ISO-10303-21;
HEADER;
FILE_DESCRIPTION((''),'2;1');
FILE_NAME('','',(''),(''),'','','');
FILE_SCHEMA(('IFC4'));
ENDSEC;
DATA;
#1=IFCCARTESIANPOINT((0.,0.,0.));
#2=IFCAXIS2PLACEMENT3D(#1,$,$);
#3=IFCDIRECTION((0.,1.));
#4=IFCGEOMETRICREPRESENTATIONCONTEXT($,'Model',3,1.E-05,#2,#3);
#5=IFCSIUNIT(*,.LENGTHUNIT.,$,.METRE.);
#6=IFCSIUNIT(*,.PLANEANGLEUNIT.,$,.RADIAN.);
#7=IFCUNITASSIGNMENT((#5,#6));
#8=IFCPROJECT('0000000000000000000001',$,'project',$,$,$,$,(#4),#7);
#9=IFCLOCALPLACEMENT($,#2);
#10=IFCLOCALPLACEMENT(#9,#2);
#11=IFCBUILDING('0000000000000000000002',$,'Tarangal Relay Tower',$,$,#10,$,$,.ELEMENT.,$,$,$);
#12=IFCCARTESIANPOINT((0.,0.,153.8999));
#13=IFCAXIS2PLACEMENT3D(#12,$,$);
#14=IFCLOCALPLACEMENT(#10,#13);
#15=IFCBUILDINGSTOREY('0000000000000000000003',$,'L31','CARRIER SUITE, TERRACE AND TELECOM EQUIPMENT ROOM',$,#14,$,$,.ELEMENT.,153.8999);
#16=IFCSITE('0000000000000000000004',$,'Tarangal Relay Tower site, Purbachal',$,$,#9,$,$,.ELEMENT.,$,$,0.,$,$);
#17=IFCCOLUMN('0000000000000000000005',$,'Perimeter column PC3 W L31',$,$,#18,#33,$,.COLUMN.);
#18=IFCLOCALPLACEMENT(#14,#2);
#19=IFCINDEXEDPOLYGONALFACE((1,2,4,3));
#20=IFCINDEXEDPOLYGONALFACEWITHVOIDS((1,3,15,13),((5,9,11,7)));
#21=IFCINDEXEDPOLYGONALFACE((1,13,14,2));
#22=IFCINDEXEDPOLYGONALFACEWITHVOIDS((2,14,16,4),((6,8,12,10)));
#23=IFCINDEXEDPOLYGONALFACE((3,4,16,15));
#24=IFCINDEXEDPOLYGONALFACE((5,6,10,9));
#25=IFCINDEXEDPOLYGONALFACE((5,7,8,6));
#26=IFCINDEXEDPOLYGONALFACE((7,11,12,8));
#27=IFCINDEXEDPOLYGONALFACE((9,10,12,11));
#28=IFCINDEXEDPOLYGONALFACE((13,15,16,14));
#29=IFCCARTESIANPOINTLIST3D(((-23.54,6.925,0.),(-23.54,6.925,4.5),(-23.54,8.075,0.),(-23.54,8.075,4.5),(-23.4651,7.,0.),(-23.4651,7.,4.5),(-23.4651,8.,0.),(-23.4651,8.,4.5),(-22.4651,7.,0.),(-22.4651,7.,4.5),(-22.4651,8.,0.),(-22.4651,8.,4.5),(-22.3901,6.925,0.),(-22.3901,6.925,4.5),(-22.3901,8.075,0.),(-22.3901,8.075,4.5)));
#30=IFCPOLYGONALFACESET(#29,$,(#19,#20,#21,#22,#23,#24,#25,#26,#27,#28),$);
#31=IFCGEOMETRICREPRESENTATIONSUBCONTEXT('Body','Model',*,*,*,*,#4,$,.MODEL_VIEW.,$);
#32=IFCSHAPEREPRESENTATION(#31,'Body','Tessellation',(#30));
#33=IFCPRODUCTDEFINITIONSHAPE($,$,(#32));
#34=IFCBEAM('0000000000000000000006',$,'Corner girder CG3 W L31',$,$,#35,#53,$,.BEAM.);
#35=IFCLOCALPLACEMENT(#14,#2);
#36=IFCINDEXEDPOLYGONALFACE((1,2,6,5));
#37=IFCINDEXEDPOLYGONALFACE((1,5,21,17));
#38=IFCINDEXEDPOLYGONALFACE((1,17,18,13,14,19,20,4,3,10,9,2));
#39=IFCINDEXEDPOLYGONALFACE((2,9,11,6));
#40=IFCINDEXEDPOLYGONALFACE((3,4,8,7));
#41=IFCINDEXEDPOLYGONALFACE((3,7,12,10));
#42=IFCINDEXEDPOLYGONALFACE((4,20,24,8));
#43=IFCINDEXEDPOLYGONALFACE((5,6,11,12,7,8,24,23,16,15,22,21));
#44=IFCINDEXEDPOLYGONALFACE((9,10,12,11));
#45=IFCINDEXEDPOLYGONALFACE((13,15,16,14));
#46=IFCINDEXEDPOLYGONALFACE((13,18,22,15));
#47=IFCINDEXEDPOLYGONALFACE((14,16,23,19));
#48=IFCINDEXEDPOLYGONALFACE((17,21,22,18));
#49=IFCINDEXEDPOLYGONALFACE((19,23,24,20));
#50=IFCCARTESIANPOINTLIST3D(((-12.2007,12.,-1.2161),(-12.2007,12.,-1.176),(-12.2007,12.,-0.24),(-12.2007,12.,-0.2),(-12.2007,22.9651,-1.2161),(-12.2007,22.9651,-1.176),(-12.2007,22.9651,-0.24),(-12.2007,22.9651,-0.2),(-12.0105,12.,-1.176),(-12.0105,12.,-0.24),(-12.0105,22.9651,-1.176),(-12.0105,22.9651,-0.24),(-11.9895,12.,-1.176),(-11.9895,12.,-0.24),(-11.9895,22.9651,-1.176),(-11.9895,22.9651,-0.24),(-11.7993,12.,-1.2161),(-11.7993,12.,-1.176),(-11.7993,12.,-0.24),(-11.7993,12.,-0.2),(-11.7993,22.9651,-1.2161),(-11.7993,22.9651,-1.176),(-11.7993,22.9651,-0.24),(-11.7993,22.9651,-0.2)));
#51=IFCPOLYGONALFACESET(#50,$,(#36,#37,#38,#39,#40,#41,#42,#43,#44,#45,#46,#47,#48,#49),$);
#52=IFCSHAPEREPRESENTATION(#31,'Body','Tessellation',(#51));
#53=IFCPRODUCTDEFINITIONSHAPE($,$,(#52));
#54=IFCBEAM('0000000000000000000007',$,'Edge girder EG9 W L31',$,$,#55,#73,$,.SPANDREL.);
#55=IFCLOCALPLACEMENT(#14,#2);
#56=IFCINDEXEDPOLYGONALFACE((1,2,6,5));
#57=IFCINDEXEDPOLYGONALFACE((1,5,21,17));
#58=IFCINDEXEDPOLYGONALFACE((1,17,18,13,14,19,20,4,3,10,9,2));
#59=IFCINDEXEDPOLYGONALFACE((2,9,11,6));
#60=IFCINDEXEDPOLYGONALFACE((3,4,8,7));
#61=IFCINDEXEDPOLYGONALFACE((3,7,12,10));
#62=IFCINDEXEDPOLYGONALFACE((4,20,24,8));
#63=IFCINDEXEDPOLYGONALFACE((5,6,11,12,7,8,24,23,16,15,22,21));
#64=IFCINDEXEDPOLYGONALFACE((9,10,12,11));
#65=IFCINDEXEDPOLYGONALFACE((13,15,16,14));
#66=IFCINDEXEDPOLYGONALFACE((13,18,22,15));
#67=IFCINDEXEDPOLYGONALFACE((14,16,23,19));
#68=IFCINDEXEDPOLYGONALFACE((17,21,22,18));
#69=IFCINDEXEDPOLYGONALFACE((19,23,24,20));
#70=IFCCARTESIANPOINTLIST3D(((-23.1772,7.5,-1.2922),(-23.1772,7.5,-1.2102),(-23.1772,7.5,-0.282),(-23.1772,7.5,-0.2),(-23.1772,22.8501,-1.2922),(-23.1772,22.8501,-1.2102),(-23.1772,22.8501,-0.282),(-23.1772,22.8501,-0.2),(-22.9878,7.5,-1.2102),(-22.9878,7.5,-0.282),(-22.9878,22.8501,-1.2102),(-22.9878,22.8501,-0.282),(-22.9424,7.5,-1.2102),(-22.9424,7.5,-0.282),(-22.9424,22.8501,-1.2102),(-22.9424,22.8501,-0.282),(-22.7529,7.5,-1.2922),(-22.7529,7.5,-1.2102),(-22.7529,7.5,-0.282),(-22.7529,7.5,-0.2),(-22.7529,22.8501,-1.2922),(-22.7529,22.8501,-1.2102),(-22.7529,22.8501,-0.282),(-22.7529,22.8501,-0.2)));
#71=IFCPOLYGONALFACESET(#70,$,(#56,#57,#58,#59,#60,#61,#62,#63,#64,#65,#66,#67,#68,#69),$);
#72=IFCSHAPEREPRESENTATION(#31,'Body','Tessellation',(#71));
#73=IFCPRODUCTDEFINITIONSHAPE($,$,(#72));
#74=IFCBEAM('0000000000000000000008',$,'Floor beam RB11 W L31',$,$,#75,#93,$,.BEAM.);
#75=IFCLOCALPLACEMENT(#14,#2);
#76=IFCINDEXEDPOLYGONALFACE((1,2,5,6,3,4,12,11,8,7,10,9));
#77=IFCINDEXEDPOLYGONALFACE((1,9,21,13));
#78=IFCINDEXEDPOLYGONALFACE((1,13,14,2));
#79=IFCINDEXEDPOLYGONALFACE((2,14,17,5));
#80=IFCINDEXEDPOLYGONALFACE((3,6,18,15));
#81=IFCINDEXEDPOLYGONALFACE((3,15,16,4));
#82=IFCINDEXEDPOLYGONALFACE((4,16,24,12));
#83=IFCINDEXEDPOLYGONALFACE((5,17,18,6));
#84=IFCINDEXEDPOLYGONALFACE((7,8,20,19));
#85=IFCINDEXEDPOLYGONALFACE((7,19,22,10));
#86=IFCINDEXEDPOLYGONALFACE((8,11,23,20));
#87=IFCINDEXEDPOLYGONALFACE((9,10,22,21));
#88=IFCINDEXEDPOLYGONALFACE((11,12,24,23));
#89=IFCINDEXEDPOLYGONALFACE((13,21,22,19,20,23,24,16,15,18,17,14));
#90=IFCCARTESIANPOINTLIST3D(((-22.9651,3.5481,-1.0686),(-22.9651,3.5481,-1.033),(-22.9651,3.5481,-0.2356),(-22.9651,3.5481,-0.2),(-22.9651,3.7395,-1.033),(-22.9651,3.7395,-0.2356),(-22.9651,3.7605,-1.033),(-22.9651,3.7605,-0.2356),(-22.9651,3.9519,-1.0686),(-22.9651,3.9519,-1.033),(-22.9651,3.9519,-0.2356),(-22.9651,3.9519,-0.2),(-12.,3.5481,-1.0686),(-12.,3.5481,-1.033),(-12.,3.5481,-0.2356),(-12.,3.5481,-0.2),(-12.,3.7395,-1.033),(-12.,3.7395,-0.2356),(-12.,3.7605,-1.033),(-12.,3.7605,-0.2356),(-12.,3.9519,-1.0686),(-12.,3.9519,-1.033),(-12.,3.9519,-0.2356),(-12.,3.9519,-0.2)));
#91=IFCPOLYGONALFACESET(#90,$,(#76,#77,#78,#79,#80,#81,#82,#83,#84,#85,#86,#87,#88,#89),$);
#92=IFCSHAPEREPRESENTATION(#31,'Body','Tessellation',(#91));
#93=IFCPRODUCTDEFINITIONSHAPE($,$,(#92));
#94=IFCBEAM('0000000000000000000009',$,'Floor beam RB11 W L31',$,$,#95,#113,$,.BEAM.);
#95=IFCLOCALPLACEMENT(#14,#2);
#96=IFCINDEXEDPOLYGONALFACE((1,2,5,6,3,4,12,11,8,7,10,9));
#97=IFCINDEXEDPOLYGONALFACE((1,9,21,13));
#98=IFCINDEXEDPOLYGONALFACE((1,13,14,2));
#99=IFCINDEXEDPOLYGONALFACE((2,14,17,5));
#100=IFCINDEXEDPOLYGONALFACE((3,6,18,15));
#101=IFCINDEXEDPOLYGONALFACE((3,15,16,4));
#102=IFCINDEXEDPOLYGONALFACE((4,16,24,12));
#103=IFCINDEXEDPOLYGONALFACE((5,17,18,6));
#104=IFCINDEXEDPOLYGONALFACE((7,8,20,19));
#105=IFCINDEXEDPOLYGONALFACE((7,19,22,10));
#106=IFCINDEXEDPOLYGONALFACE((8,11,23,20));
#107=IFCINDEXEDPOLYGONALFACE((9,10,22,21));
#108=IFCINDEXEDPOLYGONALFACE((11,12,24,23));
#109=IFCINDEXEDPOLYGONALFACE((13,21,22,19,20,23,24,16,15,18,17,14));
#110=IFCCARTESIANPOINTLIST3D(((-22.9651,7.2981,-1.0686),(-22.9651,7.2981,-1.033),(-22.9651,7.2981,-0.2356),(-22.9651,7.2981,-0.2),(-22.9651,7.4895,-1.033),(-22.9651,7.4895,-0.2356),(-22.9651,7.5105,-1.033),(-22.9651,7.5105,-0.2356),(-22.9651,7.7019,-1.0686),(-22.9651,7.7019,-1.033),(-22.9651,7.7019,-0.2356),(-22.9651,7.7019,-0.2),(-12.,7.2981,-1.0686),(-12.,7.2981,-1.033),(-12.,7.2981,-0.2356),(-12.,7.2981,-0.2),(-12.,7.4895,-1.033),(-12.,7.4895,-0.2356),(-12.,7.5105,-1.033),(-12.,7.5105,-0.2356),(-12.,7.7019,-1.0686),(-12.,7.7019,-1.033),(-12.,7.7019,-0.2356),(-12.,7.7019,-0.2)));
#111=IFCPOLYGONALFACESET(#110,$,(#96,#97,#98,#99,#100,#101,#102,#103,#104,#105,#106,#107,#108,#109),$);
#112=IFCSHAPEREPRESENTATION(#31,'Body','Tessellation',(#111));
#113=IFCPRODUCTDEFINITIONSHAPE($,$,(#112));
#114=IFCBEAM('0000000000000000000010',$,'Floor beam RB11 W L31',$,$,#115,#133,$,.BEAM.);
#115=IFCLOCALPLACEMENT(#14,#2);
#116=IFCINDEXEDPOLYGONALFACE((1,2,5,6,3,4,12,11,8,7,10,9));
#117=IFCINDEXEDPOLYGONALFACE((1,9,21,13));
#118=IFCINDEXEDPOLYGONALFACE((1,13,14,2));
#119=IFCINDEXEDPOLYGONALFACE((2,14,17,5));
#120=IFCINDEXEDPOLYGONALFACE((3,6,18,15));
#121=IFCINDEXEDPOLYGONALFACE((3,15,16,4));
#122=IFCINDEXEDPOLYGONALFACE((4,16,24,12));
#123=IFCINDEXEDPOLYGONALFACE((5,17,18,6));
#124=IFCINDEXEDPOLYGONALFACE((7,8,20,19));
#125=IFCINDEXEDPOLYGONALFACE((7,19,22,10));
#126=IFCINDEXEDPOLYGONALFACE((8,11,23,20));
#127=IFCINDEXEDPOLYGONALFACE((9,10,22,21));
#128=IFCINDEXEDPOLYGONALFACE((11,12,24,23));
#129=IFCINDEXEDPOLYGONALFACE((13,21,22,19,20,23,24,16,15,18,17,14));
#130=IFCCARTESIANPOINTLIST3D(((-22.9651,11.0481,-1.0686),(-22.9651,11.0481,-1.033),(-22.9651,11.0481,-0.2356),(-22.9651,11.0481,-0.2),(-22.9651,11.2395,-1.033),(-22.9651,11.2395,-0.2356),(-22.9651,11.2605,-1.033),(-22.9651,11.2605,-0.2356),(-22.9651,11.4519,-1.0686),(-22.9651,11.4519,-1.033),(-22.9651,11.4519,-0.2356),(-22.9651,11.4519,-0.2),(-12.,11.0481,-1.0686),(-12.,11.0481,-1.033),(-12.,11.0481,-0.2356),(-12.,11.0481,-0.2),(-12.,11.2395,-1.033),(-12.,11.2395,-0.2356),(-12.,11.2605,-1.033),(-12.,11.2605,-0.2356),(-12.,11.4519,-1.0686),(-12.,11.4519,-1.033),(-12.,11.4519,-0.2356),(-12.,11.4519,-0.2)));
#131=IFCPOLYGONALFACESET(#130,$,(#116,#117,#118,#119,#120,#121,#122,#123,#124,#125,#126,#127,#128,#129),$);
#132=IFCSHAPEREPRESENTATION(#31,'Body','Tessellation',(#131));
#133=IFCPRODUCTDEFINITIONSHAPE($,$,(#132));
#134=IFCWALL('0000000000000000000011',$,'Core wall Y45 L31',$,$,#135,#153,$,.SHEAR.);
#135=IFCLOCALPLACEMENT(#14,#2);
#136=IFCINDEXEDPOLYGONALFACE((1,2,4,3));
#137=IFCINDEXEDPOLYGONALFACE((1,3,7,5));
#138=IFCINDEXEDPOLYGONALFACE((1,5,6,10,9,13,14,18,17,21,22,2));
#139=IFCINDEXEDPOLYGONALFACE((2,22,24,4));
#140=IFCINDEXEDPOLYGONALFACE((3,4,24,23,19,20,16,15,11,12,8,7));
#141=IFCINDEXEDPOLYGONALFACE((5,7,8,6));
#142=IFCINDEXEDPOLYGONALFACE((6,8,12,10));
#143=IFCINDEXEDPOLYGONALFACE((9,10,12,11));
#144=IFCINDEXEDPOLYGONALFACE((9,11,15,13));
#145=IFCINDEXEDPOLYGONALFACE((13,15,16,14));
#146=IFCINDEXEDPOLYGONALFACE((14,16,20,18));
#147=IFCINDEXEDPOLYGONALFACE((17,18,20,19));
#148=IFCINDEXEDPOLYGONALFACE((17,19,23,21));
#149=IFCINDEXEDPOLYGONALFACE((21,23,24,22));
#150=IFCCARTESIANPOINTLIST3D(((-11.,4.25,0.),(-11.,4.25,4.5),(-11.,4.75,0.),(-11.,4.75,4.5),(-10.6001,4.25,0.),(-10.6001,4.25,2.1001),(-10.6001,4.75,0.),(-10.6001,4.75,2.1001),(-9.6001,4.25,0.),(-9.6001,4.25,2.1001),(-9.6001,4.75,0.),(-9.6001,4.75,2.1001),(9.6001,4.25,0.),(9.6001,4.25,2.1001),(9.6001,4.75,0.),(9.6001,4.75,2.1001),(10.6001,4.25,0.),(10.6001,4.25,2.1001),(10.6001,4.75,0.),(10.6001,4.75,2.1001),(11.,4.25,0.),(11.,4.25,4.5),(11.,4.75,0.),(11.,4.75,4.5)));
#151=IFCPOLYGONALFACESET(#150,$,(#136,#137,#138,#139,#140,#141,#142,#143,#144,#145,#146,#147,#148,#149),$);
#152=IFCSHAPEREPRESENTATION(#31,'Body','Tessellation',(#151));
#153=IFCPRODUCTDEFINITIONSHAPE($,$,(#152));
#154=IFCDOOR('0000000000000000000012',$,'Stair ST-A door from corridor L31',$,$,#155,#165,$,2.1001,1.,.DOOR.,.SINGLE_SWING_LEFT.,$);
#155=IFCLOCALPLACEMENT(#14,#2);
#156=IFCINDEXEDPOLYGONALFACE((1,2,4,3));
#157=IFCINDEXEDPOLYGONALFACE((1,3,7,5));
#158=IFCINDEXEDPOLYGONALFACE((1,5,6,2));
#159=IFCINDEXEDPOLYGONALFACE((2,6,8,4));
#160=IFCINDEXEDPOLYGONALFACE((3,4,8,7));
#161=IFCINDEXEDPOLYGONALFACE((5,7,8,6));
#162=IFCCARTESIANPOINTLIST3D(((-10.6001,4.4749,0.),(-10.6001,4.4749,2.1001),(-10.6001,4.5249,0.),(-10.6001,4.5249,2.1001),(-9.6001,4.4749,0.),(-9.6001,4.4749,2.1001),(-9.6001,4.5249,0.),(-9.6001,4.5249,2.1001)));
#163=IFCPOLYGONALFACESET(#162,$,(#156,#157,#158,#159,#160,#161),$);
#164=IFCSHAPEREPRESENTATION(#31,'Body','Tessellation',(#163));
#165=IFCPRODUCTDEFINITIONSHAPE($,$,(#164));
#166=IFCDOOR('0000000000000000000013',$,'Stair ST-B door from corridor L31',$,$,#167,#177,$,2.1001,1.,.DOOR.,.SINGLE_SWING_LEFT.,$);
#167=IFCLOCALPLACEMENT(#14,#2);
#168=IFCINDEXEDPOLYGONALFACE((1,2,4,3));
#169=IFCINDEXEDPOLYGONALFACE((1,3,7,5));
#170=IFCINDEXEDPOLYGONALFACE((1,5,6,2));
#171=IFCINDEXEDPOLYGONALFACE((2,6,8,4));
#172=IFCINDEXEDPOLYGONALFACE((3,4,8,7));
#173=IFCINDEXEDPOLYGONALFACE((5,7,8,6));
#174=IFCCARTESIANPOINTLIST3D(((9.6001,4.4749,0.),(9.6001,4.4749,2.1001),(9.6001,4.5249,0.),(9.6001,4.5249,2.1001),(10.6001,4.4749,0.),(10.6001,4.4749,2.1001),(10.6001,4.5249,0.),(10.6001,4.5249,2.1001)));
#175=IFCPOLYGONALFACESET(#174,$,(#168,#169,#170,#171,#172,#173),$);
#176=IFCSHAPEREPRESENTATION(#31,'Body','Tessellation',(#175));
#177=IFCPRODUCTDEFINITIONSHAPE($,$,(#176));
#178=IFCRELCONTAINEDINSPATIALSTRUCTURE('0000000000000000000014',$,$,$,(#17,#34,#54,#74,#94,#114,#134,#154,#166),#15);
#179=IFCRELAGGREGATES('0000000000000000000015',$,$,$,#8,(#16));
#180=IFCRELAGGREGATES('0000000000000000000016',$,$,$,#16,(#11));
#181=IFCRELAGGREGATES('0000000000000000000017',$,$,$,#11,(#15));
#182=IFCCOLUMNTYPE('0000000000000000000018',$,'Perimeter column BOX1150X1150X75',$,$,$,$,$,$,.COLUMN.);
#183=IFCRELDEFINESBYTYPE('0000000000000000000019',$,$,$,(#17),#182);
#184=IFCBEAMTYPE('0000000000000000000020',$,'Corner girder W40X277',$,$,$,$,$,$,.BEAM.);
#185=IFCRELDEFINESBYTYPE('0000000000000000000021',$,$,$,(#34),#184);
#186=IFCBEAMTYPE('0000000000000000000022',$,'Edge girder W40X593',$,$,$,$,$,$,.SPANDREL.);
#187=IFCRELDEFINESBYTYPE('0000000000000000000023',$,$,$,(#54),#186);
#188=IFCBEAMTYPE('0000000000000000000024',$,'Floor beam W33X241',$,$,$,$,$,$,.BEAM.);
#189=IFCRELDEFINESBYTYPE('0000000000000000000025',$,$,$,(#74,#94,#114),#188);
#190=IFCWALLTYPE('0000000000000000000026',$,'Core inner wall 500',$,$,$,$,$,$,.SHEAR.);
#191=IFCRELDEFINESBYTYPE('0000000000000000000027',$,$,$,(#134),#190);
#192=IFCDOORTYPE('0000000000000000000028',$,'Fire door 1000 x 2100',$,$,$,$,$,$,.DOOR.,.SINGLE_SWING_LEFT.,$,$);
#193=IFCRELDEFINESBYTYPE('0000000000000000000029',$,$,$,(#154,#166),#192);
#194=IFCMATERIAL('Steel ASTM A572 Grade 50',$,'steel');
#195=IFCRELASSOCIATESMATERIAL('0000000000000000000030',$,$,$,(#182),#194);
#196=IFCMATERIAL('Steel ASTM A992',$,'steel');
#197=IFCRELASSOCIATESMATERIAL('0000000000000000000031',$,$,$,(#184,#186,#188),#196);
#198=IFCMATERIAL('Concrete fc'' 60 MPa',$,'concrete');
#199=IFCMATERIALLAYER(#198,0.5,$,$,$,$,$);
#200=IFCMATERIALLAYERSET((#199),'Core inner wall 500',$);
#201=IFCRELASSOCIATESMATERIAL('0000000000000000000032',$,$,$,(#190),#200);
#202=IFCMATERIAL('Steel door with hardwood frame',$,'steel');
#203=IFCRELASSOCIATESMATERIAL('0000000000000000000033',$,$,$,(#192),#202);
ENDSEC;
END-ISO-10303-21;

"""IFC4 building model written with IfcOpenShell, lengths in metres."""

from ifc_helpers import new_model, si_unit, direction, frame, frame_2d, origin, origin_2d, place, context, subcontext, project, spatial, rectangle, hollow_rectangle, i_section, extrude, material, layer, layer_set, material_profile, profile_set, type_object, element, fill, save


model = new_model("IFC4")

# Units and contexts
model_context = context("Model", 3, precision=1e-05, world=origin(), true_north=direction((0.0, 1.0)))
body_context = subcontext(model_context, "Body", "Model", "MODEL_VIEW")
ifc_project = project(units=[si_unit("LENGTHUNIT", "METRE"), si_unit("PLANEANGLEUNIT", "RADIAN")], contexts=[model_context])

# Site, building, storey
site_placement = place(None, origin())
site = spatial("IfcSite", under=ifc_project, at=site_placement, Name="Tarangal Relay Tower site, Purbachal", CompositionType="ELEMENT", RefElevation=0.0)
building_placement = place(site_placement, origin())
building = spatial("IfcBuilding", under=site, at=building_placement, Name="Tarangal Relay Tower", CompositionType="ELEMENT")
storey_placement = place(building_placement, frame((0.0, 0.0, 153.8999)))
storey = spatial("IfcBuildingStorey", under=building, at=storey_placement, Name="L31", Description="CARRIER SUITE, TERRACE AND TELECOM EQUIPMENT ROOM", CompositionType="ELEMENT", Elevation=153.8999)

# Column
ifc_material_1 = material(Name="Steel ASTM A572 Grade 50", Category="steel")
ifc_material_profile_1 = material_profile(ifc_material_1, hollow_rectangle(XDim=1.1499, YDim=1.1499, WallThickness=0.075, at=origin_2d()), Name="BOX1150X1150X75")
ifc_profile_set_1 = profile_set([ifc_material_profile_1], Name="Steel ASTM A572 Grade 50")
column_type = type_object("IfcColumnType", Name="Perimeter column BOX1150X1150X75", PredefinedType="COLUMN", material=ifc_profile_set_1)
column_placement = place(storey_placement, frame((-22.9651, 7.5, 0.0), z_axis=(0.0, 0.0, 1.0), x_axis=(1.0, 0.0, 0.0)))
element("IfcColumn", 1, at=column_placement, inside=storey, type_object=column_type, Name="Perimeter column PC3 W L31", PredefinedType="COLUMN", context=body_context, shape_type="SweptSolid", body=[
    extrude(hollow_rectangle(XDim=1.1499, YDim=1.1499, WallThickness=0.075, at=origin_2d()), origin(), (0.0, 0.0, 1.0), 4.5),
])

# Beams
ifc_material_2 = material(Name="Steel ASTM A992", Category="steel")
ifc_material_profile_2 = material_profile(ifc_material_2, i_section(OverallWidth=0.4014, OverallDepth=1.0161, WebThickness=0.021, FlangeThickness=0.04, at=origin_2d()), Name="W40X277")
ifc_profile_set_2 = profile_set([ifc_material_profile_2], Name="Steel ASTM A992")
beam_type_1 = type_object("IfcBeamType", Name="Corner girder W40X277", PredefinedType="BEAM", material=ifc_profile_set_2)
beam_1_placement = place(storey_placement, frame((-12.0, 12.0, -0.708), z_axis=(0.0, 1.0, 0.0), x_axis=(-1.0, 0.0, 0.0)))
element("IfcBeam", 2, at=beam_1_placement, inside=storey, type_object=beam_type_1, Name="Corner girder CG3 W L31", PredefinedType="BEAM", context=body_context, shape_type="SweptSolid", body=[
    extrude(i_section(OverallWidth=0.4014, OverallDepth=1.0161, WebThickness=0.021, FlangeThickness=0.04, at=origin_2d()), origin(), (0.0, 0.0, 1.0), 10.9651),
])
ifc_material_profile_3 = material_profile(ifc_material_2, i_section(OverallWidth=0.4243, OverallDepth=1.0923, WebThickness=0.0454, FlangeThickness=0.082, at=origin_2d()), Name="W40X593")
ifc_profile_set_3 = profile_set([ifc_material_profile_3], Name="Steel ASTM A992")
beam_type_2 = type_object("IfcBeamType", Name="Edge girder W40X593", PredefinedType="SPANDREL", material=ifc_profile_set_3)
beam_2_placement = place(storey_placement, frame((-22.9651, 7.5, -0.7461), z_axis=(0.0, 1.0, 0.0), x_axis=(-1.0, 0.0, 0.0)))
element("IfcBeam", 3, at=beam_2_placement, inside=storey, type_object=beam_type_2, Name="Edge girder EG9 W L31", PredefinedType="SPANDREL", context=body_context, shape_type="SweptSolid", body=[
    extrude(i_section(OverallWidth=0.4243, OverallDepth=1.0923, WebThickness=0.0454, FlangeThickness=0.082, at=origin_2d()), origin(), (0.0, 0.0, 1.0), 15.3501),
])
ifc_material_profile_4 = material_profile(ifc_material_2, i_section(OverallWidth=0.4038, OverallDepth=0.8687, WebThickness=0.021, FlangeThickness=0.0356, at=origin_2d()), Name="W33X241")
ifc_profile_set_4 = profile_set([ifc_material_profile_4], Name="Steel ASTM A992")
beam_type_3 = type_object("IfcBeamType", Name="Floor beam W33X241", PredefinedType="BEAM", material=ifc_profile_set_4)
for number, where, z_axis, x_axis, name in (
    (4, (-12.0, 3.75, -0.6343), (-1.0, 0.0, 0.0), (0.0, -1.0, 0.0), "Floor beam RB11 W L31"),
    (5, (-12.0, 7.5, -0.6343), (-1.0, 0.0, 0.0), (0.0, -1.0, 0.0), "Floor beam RB11 W L31"),
    (6, (-12.0, 11.25, -0.6343), (-1.0, 0.0, 0.0), (0.0, -1.0, 0.0), "Floor beam RB11 W L31"),
):
    element("IfcBeam", number, at=place(storey_placement, frame(where, z_axis=z_axis, x_axis=x_axis)), inside=storey, type_object=beam_type_3, Name=name, PredefinedType="BEAM", context=body_context, shape_type="SweptSolid", body=[
        extrude(i_section(OverallWidth=0.4038, OverallDepth=0.8687, WebThickness=0.021, FlangeThickness=0.0356, at=origin_2d()), origin(), (0.0, 0.0, 1.0), 10.9651),
    ])

# Wall, openings, doors
ifc_material_3 = material(Name="Concrete fc' 60 MPa", Category="concrete")
ifc_layer_1 = layer(ifc_material_3, 0.5)
ifc_layer_set_1 = layer_set([ifc_layer_1], Name="Core inner wall 500")
wall_type_1 = type_object("IfcWallType", Name="Core inner wall 500", PredefinedType="SHEAR", material=ifc_layer_set_1)
wall_1_placement = place(storey_placement, frame((-11.0, 4.5, 0.0), z_axis=(0.0, 0.0, 1.0), x_axis=(1.0, 0.0, 0.0)))
wall_1 = element("IfcWall", 7, at=wall_1_placement, inside=storey, type_object=wall_type_1, Name="Core wall Y45 L31", PredefinedType="SHEAR", context=body_context, shape_type="SweptSolid", body=[
    extrude(rectangle(XDim=22.0, YDim=0.5, at=frame_2d((11.0, 0.0))), origin(), (0.0, 0.0, 1.0), 4.5),
])
opening_1_placement = place(wall_1_placement, frame((0.3999, 0.0, 0.0)))
opening_1 = element("IfcOpeningElement", 8, at=opening_1_placement, cuts=wall_1, PredefinedType="OPENING", context=body_context, shape_type="SweptSolid", body=[
    extrude(rectangle(XDim=1.0, YDim=2.1001, at=frame_2d((0.5, 1.05))), frame((0.0, 0.26, 0.0), z_axis=(0.0, -1.0, 0.0), x_axis=(1.0, 0.0, 0.0)), (0.0, 0.0, 1.0), 0.52),
])
opening_2_placement = place(wall_1_placement, frame((20.6001, 0.0, 0.0)))
opening_2 = element("IfcOpeningElement", 9, at=opening_2_placement, cuts=wall_1, PredefinedType="OPENING", context=body_context, shape_type="SweptSolid", body=[
    extrude(rectangle(XDim=1.0, YDim=2.1001, at=frame_2d((0.5, 1.05))), frame((0.0, 0.26, 0.0), z_axis=(0.0, -1.0, 0.0), x_axis=(1.0, 0.0, 0.0)), (0.0, 0.0, 1.0), 0.52),
])
ifc_material_4 = material(Name="Steel door with hardwood frame", Category="steel")
door_type_1 = type_object("IfcDoorType", Name="Fire door 1000 x 2100", OperationType="SINGLE_SWING_LEFT", PredefinedType="DOOR", material=ifc_material_4)
door_1_placement = place(opening_1_placement, origin())
door_1 = element("IfcDoor", 10, at=door_1_placement, inside=storey, type_object=door_type_1, Name="Stair ST-A door from corridor L31", OperationType="SINGLE_SWING_LEFT", OverallHeight=2.1001, OverallWidth=1.0, PredefinedType="DOOR", context=body_context, shape_type="SweptSolid", body=[
    extrude(rectangle(XDim=1.0, YDim=2.1001, at=frame_2d((0.5, 1.05))), frame((0.0, 0.0249, 0.0), z_axis=(0.0, -1.0, 0.0), x_axis=(1.0, 0.0, 0.0)), (0.0, 0.0, 1.0), 0.05),
])
fill(opening_1, door_1)
door_2_placement = place(opening_2_placement, origin())
door_2 = element("IfcDoor", 11, at=door_2_placement, inside=storey, type_object=door_type_1, Name="Stair ST-B door from corridor L31", OperationType="SINGLE_SWING_LEFT", OverallHeight=2.1001, OverallWidth=1.0, PredefinedType="DOOR", context=body_context, shape_type="SweptSolid", body=[
    extrude(rectangle(XDim=1.0, YDim=2.1001, at=frame_2d((0.5, 1.05))), frame((0.0, 0.0249, 0.0), z_axis=(0.0, -1.0, 0.0), x_axis=(1.0, 0.0, 0.0)), (0.0, 0.0, 1.0), 0.05),
])
fill(opening_2, door_2)

save(model, "model.ifc")
